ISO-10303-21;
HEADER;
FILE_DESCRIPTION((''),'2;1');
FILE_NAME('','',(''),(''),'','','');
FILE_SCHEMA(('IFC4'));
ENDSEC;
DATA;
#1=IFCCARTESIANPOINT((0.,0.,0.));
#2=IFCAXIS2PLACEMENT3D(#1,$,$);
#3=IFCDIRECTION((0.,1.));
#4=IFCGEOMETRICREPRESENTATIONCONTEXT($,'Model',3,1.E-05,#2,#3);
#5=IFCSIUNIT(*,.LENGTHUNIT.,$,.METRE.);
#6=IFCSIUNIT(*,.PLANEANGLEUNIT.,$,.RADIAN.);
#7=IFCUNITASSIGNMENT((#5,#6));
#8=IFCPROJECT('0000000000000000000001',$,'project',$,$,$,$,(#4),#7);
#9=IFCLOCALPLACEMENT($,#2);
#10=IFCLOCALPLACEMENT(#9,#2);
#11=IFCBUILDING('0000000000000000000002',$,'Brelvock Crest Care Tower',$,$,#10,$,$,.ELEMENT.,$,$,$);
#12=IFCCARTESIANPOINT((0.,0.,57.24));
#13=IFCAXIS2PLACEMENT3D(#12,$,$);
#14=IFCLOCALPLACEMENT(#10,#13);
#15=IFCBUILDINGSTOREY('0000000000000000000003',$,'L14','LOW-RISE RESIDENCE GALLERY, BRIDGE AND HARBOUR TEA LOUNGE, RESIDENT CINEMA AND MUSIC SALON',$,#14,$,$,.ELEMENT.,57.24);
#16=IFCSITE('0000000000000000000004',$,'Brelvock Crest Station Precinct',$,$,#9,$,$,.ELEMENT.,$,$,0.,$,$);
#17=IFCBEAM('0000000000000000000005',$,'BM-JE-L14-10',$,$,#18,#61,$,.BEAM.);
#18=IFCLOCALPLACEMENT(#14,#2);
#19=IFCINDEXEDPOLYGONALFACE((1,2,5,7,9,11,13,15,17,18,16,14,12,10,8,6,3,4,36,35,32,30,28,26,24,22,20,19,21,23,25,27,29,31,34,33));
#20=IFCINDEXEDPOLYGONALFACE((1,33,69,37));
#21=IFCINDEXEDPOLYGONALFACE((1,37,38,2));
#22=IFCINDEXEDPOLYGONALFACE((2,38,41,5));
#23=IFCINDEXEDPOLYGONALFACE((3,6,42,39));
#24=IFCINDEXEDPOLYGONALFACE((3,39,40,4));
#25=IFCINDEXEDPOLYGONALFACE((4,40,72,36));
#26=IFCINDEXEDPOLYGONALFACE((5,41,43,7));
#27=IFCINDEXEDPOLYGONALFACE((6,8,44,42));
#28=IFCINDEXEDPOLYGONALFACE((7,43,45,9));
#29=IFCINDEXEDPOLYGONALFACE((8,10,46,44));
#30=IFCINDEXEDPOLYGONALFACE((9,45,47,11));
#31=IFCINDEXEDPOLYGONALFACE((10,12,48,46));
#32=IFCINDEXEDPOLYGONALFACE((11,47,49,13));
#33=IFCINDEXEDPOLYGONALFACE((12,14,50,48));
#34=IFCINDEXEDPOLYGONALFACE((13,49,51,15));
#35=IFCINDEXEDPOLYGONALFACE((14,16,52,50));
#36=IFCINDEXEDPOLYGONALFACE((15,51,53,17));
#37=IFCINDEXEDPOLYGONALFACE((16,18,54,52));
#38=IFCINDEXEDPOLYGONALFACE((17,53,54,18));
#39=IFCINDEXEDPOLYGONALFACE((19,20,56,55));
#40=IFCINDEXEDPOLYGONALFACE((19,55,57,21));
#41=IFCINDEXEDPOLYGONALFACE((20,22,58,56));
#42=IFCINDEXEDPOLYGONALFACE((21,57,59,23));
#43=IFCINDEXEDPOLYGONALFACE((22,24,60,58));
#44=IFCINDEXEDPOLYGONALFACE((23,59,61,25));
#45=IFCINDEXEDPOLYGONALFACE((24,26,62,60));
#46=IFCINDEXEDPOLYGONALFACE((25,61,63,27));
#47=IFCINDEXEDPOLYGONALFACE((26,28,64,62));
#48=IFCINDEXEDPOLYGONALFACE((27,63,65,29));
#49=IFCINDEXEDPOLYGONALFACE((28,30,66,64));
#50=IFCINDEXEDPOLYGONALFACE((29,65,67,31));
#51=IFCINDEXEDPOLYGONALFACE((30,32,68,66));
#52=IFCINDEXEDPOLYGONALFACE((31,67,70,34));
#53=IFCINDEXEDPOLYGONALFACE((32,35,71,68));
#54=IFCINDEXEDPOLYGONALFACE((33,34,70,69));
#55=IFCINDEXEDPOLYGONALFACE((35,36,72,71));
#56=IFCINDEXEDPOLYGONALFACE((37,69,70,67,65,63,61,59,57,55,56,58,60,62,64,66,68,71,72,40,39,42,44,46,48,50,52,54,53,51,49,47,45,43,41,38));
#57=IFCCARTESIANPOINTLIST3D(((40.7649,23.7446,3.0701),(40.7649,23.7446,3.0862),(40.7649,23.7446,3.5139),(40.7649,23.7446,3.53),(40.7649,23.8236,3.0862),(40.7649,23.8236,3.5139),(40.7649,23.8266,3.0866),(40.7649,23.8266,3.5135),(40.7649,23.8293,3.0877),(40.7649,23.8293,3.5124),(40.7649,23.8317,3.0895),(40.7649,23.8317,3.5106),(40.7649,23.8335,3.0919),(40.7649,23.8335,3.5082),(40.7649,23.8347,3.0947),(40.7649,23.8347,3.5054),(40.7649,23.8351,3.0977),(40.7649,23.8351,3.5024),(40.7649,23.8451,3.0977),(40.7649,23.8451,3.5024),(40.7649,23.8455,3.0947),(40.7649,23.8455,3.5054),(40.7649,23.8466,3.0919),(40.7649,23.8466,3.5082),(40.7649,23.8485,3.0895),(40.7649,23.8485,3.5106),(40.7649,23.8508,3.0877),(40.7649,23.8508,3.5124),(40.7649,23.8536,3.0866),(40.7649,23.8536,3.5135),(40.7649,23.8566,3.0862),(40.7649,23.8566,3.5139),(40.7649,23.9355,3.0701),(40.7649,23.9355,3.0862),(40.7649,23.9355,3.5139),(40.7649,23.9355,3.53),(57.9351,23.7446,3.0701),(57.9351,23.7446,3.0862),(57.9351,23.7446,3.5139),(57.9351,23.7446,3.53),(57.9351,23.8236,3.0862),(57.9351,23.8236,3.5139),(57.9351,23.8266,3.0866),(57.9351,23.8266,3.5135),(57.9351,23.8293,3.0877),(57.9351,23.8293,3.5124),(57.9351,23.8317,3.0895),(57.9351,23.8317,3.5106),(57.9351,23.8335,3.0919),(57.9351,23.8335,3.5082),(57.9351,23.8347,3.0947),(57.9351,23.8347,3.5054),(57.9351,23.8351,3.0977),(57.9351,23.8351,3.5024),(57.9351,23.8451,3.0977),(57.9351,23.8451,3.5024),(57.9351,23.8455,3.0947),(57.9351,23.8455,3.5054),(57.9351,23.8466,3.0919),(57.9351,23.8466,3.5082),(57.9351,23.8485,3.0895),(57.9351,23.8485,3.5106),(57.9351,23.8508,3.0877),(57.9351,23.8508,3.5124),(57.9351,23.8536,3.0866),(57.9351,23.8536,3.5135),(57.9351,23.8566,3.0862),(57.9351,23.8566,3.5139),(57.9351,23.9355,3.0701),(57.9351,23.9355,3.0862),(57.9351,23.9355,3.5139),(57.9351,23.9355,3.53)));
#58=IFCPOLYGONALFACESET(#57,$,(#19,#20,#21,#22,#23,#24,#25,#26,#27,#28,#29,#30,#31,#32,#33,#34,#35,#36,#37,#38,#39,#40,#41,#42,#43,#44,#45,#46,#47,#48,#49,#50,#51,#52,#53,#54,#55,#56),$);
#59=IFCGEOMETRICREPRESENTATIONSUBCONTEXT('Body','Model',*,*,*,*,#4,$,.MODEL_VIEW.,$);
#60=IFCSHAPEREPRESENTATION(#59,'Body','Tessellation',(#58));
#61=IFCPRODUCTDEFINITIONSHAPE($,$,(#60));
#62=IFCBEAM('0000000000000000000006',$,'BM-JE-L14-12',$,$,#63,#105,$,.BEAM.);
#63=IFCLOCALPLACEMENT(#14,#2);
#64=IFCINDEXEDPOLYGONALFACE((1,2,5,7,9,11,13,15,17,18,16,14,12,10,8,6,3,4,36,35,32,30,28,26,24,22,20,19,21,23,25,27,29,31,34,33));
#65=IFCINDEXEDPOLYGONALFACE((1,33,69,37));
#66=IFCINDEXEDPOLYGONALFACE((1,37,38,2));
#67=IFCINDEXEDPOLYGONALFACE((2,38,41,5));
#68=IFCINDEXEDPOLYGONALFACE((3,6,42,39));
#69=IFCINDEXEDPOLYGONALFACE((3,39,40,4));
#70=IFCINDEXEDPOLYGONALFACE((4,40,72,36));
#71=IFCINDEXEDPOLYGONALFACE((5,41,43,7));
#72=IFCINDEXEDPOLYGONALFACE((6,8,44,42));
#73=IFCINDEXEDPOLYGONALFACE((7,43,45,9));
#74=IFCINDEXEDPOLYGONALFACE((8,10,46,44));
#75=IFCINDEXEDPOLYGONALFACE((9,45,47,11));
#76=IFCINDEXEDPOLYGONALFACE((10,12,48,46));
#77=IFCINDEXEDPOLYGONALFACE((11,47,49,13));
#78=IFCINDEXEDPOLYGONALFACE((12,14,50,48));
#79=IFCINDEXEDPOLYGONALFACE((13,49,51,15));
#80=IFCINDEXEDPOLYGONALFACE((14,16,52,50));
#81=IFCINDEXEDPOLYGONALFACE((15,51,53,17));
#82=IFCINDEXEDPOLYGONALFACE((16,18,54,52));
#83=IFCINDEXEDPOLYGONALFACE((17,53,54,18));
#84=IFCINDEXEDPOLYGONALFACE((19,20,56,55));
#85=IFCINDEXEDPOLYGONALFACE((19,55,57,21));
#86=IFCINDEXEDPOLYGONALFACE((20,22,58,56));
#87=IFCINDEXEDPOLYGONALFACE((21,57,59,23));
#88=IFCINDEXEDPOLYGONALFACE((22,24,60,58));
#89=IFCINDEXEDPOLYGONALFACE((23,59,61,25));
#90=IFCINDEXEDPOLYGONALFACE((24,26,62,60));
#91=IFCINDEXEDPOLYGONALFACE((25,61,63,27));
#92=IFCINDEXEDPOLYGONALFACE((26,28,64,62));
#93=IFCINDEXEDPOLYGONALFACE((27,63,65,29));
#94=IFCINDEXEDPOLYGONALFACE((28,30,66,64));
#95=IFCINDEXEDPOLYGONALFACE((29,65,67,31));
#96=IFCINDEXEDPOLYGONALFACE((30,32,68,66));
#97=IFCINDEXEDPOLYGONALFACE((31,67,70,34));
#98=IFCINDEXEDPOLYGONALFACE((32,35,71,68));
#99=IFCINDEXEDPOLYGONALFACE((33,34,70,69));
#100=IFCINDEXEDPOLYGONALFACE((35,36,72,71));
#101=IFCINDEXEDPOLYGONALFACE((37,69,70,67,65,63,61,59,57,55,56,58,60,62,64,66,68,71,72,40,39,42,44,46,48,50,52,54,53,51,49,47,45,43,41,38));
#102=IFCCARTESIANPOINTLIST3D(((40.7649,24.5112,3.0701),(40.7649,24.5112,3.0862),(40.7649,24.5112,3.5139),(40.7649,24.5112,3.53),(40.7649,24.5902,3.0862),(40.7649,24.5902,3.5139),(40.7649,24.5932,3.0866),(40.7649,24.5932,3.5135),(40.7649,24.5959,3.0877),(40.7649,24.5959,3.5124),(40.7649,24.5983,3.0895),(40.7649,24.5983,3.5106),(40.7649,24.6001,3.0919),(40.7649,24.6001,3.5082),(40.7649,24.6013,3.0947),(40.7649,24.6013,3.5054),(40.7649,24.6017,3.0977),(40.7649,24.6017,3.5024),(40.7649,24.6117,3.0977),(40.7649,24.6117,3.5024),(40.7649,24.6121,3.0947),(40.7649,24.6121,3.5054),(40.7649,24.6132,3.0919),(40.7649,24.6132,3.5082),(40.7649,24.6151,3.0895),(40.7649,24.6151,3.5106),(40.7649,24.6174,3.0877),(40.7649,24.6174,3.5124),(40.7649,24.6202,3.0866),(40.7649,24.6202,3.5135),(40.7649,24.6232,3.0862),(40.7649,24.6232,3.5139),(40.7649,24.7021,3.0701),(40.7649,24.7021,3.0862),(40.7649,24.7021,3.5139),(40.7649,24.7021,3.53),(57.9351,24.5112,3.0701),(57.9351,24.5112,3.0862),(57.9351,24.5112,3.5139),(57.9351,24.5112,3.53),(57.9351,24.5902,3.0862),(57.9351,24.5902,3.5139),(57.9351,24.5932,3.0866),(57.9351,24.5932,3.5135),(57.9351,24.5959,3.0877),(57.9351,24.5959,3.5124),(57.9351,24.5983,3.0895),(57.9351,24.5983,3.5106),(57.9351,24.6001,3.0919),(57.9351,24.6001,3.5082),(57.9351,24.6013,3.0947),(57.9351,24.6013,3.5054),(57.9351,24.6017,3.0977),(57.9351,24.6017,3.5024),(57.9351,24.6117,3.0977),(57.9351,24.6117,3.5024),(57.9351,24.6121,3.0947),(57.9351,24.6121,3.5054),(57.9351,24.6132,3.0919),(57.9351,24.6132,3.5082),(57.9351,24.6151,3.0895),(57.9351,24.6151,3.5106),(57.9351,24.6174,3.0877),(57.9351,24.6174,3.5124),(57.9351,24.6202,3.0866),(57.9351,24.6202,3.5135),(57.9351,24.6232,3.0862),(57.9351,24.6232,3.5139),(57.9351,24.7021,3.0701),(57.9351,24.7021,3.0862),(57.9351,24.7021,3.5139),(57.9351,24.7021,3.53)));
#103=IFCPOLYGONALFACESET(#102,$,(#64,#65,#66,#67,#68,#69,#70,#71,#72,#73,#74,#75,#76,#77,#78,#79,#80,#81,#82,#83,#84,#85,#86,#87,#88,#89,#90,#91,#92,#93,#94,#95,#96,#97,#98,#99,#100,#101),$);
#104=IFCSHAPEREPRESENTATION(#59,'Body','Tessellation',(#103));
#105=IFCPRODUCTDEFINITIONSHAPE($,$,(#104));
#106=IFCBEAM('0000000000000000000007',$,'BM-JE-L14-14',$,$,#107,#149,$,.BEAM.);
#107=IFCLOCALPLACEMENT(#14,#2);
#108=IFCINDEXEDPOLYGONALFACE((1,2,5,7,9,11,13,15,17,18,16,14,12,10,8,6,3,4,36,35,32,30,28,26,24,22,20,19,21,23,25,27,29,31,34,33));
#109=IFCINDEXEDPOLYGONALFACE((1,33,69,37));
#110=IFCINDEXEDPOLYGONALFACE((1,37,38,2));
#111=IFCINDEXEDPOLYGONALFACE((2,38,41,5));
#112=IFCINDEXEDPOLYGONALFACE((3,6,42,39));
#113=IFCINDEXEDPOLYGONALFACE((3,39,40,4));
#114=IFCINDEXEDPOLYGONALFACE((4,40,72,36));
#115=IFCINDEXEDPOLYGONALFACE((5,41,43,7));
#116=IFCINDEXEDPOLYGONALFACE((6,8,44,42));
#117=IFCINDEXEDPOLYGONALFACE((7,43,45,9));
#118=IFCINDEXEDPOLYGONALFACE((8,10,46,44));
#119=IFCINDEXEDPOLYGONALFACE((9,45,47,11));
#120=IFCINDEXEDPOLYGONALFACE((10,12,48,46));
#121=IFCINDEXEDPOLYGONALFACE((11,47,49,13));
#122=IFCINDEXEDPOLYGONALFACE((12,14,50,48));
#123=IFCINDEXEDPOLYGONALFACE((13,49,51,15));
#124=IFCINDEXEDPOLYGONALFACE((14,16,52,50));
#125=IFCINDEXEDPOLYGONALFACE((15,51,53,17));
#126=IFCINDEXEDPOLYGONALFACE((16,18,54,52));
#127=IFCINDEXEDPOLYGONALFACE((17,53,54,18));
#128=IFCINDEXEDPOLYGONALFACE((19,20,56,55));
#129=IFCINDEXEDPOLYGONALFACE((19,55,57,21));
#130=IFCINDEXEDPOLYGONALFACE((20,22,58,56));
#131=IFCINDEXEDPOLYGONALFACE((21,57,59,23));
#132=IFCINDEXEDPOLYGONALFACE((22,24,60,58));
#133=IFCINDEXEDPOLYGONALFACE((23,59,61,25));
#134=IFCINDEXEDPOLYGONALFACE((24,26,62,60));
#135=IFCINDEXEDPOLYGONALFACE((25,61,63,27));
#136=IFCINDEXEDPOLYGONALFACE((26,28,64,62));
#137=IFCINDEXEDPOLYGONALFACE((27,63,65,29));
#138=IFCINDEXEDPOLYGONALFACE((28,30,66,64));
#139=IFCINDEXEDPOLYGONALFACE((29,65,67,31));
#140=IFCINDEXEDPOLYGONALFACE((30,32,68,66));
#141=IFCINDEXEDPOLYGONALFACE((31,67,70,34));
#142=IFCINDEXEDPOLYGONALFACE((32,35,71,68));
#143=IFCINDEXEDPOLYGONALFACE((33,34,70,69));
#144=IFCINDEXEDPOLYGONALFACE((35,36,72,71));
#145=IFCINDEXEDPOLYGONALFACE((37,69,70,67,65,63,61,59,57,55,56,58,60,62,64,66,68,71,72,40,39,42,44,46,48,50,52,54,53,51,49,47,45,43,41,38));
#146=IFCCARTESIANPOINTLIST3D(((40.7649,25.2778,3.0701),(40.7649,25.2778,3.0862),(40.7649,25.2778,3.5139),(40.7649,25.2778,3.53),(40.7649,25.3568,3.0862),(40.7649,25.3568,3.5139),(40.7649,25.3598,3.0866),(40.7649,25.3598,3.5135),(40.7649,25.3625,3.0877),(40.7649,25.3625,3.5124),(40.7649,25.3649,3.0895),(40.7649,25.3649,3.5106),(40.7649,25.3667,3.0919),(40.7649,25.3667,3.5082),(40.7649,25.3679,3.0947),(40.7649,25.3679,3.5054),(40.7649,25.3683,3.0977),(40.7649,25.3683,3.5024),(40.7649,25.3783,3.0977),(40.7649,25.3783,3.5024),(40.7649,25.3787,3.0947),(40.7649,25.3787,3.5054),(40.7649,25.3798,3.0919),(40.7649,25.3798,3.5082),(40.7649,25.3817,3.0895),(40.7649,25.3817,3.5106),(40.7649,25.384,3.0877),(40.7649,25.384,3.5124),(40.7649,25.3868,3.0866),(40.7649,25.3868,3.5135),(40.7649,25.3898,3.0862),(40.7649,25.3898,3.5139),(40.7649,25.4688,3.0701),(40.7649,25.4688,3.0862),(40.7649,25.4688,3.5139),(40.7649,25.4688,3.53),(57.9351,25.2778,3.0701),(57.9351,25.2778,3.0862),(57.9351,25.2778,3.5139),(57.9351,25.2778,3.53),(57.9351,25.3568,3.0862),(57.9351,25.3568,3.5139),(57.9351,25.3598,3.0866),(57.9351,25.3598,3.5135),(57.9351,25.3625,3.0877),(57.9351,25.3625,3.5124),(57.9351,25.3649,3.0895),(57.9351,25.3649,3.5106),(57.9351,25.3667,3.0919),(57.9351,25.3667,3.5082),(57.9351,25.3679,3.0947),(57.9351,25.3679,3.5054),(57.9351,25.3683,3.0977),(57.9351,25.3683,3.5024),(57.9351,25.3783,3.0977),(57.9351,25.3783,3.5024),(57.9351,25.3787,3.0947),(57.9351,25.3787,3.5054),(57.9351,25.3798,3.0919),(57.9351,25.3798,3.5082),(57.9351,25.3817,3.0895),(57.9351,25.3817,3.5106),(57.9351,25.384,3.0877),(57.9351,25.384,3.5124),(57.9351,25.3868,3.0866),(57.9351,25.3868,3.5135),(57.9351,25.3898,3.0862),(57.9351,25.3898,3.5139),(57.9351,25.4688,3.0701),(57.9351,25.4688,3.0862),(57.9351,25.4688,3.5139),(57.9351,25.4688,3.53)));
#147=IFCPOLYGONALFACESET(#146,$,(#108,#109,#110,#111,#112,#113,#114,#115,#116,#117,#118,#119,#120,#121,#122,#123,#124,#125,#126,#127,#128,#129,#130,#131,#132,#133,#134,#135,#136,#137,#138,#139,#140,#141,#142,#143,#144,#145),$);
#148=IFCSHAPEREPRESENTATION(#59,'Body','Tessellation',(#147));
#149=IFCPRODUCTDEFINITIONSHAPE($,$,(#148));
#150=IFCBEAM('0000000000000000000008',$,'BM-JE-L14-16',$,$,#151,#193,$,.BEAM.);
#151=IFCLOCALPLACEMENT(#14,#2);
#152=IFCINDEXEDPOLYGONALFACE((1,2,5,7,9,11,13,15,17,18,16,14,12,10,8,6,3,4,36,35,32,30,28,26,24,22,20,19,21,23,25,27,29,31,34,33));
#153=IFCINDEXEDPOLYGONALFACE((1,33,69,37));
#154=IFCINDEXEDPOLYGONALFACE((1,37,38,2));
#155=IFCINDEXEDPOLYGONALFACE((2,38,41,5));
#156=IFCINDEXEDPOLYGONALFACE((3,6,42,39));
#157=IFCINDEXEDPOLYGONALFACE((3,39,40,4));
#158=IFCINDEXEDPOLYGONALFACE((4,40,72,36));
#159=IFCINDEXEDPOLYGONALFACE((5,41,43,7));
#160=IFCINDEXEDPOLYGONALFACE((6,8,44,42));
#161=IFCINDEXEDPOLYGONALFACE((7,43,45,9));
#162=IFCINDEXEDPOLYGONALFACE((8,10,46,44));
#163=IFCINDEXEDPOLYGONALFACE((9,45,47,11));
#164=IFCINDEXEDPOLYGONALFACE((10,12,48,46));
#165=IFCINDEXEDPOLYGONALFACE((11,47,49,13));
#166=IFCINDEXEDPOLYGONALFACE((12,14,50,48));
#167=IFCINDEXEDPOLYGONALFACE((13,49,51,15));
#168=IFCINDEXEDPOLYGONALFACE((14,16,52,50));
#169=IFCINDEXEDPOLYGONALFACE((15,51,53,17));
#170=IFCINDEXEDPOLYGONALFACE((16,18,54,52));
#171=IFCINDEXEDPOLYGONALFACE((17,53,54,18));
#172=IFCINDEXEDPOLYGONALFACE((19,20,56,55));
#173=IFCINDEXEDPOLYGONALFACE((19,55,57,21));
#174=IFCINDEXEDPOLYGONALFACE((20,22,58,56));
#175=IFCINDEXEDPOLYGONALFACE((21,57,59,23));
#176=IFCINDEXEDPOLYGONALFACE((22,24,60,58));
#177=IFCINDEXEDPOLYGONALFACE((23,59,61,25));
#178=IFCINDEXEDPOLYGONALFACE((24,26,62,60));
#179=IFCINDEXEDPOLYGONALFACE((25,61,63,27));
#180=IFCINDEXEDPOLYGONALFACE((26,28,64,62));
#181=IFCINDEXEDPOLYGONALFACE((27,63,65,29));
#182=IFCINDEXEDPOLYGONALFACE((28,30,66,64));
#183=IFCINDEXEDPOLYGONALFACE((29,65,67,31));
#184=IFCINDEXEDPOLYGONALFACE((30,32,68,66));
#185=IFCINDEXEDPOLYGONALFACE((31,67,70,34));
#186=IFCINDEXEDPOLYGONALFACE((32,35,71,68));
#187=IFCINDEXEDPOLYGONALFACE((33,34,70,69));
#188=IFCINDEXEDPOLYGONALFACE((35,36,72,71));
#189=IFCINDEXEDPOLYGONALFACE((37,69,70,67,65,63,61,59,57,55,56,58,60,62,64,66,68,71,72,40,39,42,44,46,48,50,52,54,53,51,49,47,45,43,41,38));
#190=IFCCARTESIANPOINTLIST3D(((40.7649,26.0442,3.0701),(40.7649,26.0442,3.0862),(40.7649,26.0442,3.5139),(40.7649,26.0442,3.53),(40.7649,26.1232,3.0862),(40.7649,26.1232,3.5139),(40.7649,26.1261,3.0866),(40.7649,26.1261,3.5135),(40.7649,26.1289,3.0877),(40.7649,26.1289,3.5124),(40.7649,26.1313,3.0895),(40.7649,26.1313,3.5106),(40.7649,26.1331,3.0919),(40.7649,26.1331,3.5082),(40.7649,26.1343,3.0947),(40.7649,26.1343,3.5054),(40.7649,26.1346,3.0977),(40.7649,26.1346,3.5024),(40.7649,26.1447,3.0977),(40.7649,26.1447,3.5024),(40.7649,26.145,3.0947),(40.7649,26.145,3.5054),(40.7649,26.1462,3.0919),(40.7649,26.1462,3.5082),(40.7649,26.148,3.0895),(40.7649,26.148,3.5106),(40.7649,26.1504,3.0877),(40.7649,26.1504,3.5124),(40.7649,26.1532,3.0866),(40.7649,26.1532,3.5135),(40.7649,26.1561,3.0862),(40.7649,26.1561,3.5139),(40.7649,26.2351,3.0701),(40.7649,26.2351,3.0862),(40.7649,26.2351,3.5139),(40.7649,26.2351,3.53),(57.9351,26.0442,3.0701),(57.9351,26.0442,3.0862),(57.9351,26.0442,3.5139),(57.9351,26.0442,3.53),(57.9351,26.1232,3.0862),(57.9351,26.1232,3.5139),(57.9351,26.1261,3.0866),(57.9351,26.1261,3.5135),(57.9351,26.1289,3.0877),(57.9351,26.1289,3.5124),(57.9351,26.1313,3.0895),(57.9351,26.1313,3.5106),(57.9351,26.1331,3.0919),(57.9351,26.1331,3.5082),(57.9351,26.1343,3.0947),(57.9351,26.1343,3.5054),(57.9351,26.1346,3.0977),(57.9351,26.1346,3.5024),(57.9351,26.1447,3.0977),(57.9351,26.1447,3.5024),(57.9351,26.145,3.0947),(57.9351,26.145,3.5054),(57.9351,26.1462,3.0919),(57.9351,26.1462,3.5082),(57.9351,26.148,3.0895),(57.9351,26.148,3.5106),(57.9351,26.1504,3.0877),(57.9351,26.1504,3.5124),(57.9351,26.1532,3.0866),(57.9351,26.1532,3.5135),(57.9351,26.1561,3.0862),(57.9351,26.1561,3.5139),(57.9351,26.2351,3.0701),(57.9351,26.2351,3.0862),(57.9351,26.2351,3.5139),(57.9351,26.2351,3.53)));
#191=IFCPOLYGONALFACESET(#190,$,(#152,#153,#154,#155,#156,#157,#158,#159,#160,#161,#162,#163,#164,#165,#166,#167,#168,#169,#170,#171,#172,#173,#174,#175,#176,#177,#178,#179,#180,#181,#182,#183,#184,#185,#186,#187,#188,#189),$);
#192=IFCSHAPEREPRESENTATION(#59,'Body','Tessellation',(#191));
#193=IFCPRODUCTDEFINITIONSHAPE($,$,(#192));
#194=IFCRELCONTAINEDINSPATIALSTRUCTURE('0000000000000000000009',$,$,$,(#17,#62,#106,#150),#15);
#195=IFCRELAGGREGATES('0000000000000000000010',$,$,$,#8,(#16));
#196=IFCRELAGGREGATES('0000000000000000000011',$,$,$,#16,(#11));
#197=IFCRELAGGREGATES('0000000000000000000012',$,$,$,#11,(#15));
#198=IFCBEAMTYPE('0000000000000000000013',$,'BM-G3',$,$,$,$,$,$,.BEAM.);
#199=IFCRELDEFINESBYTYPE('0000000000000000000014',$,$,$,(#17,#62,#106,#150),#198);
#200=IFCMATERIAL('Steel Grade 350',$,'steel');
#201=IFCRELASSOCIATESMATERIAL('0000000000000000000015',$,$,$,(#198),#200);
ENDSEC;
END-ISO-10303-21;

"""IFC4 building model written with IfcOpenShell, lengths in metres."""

from ifc_helpers import new_model, si_unit, direction, frame, origin, origin_2d, place, context, subcontext, project, spatial, i_section, extrude, source, transform, mapped, material, material_profile, profile_set, type_object, element, save


model = new_model("IFC4")

# Units and contexts
model_context = context("Model", 3, precision=1e-05, world=origin(), true_north=direction((0.0, 1.0)))
body_context = subcontext(model_context, "Body", "Model", "MODEL_VIEW")
ifc_project = project(units=[si_unit("LENGTHUNIT", "METRE"), si_unit("PLANEANGLEUNIT", "RADIAN")], contexts=[model_context])

# Site, building, storey
site_placement = place(None, origin())
site = spatial("IfcSite", under=ifc_project, at=site_placement, Name="Brelvock Crest Station Precinct", CompositionType="ELEMENT", RefElevation=0.0)
building_placement = place(site_placement, origin())
building = spatial("IfcBuilding", under=site, at=building_placement, Name="Brelvock Crest Care Tower", CompositionType="ELEMENT")
storey_placement = place(building_placement, frame((0.0, 0.0, 57.24)))
storey = spatial("IfcBuildingStorey", under=building, at=storey_placement, Name="L14", Description="LOW-RISE RESIDENCE GALLERY, BRIDGE AND HARBOUR TEA LOUNGE, RESIDENT CINEMA AND MUSIC SALON", CompositionType="ELEMENT", Elevation=57.24)

# Beams
ifc_material_1 = material(Name="Steel Grade 350", Category="steel")
ifc_material_profile_1 = material_profile(ifc_material_1, i_section(OverallWidth=0.1909, OverallDepth=0.46, WebThickness=0.01, FlangeThickness=0.0161, FilletRadius=0.0115, at=origin_2d()), Name="460UB82.1")
ifc_profile_set_1 = profile_set([ifc_material_profile_1], Name="Steel Grade 350")
beam_type_1 = type_object("IfcBeamType", Name="BM-G3", PredefinedType="BEAM", material=ifc_profile_set_1)
shared_shape_1 = source(origin(), body_context, "Body", "SweptSolid", [
    extrude(i_section(OverallWidth=0.1909, OverallDepth=0.46, WebThickness=0.01, FlangeThickness=0.0161, FilletRadius=0.0115, at=origin_2d()), origin(), (0.0, 0.0, 1.0), 17.1702),
])
for number, where, z_axis, x_axis, name in (
    (1, (40.7649, 23.8401, 3.3), (1.0, 0.0, 0.0), (0.0, 1.0, 0.0), "BM-JE-L14-10"),
    (2, (40.7649, 24.6067, 3.3), (1.0, 0.0, 0.0), (0.0, 1.0, 0.0), "BM-JE-L14-12"),
    (3, (40.7649, 25.3733, 3.3), (1.0, 0.0, 0.0), (0.0, 1.0, 0.0), "BM-JE-L14-14"),
    (4, (40.7649, 26.1396, 3.3), (1.0, 0.0, 0.0), (0.0, 1.0, 0.0), "BM-JE-L14-16"),
):
    element("IfcBeam", number, at=place(storey_placement, frame(where, z_axis=z_axis, x_axis=x_axis)), inside=storey, type_object=beam_type_1, Name=name, PredefinedType="BEAM", context=body_context, shape_type="MappedRepresentation", body=[
        mapped(shared_shape_1, transform((0.0, 0.0, 0.0), x_axis=(1.0, 0.0, 0.0), y_axis=(0.0, 1.0, 0.0), z_axis=(0.0, 0.0, 1.0), scale=1.0)),
    ])

save(model, "model.ifc")
